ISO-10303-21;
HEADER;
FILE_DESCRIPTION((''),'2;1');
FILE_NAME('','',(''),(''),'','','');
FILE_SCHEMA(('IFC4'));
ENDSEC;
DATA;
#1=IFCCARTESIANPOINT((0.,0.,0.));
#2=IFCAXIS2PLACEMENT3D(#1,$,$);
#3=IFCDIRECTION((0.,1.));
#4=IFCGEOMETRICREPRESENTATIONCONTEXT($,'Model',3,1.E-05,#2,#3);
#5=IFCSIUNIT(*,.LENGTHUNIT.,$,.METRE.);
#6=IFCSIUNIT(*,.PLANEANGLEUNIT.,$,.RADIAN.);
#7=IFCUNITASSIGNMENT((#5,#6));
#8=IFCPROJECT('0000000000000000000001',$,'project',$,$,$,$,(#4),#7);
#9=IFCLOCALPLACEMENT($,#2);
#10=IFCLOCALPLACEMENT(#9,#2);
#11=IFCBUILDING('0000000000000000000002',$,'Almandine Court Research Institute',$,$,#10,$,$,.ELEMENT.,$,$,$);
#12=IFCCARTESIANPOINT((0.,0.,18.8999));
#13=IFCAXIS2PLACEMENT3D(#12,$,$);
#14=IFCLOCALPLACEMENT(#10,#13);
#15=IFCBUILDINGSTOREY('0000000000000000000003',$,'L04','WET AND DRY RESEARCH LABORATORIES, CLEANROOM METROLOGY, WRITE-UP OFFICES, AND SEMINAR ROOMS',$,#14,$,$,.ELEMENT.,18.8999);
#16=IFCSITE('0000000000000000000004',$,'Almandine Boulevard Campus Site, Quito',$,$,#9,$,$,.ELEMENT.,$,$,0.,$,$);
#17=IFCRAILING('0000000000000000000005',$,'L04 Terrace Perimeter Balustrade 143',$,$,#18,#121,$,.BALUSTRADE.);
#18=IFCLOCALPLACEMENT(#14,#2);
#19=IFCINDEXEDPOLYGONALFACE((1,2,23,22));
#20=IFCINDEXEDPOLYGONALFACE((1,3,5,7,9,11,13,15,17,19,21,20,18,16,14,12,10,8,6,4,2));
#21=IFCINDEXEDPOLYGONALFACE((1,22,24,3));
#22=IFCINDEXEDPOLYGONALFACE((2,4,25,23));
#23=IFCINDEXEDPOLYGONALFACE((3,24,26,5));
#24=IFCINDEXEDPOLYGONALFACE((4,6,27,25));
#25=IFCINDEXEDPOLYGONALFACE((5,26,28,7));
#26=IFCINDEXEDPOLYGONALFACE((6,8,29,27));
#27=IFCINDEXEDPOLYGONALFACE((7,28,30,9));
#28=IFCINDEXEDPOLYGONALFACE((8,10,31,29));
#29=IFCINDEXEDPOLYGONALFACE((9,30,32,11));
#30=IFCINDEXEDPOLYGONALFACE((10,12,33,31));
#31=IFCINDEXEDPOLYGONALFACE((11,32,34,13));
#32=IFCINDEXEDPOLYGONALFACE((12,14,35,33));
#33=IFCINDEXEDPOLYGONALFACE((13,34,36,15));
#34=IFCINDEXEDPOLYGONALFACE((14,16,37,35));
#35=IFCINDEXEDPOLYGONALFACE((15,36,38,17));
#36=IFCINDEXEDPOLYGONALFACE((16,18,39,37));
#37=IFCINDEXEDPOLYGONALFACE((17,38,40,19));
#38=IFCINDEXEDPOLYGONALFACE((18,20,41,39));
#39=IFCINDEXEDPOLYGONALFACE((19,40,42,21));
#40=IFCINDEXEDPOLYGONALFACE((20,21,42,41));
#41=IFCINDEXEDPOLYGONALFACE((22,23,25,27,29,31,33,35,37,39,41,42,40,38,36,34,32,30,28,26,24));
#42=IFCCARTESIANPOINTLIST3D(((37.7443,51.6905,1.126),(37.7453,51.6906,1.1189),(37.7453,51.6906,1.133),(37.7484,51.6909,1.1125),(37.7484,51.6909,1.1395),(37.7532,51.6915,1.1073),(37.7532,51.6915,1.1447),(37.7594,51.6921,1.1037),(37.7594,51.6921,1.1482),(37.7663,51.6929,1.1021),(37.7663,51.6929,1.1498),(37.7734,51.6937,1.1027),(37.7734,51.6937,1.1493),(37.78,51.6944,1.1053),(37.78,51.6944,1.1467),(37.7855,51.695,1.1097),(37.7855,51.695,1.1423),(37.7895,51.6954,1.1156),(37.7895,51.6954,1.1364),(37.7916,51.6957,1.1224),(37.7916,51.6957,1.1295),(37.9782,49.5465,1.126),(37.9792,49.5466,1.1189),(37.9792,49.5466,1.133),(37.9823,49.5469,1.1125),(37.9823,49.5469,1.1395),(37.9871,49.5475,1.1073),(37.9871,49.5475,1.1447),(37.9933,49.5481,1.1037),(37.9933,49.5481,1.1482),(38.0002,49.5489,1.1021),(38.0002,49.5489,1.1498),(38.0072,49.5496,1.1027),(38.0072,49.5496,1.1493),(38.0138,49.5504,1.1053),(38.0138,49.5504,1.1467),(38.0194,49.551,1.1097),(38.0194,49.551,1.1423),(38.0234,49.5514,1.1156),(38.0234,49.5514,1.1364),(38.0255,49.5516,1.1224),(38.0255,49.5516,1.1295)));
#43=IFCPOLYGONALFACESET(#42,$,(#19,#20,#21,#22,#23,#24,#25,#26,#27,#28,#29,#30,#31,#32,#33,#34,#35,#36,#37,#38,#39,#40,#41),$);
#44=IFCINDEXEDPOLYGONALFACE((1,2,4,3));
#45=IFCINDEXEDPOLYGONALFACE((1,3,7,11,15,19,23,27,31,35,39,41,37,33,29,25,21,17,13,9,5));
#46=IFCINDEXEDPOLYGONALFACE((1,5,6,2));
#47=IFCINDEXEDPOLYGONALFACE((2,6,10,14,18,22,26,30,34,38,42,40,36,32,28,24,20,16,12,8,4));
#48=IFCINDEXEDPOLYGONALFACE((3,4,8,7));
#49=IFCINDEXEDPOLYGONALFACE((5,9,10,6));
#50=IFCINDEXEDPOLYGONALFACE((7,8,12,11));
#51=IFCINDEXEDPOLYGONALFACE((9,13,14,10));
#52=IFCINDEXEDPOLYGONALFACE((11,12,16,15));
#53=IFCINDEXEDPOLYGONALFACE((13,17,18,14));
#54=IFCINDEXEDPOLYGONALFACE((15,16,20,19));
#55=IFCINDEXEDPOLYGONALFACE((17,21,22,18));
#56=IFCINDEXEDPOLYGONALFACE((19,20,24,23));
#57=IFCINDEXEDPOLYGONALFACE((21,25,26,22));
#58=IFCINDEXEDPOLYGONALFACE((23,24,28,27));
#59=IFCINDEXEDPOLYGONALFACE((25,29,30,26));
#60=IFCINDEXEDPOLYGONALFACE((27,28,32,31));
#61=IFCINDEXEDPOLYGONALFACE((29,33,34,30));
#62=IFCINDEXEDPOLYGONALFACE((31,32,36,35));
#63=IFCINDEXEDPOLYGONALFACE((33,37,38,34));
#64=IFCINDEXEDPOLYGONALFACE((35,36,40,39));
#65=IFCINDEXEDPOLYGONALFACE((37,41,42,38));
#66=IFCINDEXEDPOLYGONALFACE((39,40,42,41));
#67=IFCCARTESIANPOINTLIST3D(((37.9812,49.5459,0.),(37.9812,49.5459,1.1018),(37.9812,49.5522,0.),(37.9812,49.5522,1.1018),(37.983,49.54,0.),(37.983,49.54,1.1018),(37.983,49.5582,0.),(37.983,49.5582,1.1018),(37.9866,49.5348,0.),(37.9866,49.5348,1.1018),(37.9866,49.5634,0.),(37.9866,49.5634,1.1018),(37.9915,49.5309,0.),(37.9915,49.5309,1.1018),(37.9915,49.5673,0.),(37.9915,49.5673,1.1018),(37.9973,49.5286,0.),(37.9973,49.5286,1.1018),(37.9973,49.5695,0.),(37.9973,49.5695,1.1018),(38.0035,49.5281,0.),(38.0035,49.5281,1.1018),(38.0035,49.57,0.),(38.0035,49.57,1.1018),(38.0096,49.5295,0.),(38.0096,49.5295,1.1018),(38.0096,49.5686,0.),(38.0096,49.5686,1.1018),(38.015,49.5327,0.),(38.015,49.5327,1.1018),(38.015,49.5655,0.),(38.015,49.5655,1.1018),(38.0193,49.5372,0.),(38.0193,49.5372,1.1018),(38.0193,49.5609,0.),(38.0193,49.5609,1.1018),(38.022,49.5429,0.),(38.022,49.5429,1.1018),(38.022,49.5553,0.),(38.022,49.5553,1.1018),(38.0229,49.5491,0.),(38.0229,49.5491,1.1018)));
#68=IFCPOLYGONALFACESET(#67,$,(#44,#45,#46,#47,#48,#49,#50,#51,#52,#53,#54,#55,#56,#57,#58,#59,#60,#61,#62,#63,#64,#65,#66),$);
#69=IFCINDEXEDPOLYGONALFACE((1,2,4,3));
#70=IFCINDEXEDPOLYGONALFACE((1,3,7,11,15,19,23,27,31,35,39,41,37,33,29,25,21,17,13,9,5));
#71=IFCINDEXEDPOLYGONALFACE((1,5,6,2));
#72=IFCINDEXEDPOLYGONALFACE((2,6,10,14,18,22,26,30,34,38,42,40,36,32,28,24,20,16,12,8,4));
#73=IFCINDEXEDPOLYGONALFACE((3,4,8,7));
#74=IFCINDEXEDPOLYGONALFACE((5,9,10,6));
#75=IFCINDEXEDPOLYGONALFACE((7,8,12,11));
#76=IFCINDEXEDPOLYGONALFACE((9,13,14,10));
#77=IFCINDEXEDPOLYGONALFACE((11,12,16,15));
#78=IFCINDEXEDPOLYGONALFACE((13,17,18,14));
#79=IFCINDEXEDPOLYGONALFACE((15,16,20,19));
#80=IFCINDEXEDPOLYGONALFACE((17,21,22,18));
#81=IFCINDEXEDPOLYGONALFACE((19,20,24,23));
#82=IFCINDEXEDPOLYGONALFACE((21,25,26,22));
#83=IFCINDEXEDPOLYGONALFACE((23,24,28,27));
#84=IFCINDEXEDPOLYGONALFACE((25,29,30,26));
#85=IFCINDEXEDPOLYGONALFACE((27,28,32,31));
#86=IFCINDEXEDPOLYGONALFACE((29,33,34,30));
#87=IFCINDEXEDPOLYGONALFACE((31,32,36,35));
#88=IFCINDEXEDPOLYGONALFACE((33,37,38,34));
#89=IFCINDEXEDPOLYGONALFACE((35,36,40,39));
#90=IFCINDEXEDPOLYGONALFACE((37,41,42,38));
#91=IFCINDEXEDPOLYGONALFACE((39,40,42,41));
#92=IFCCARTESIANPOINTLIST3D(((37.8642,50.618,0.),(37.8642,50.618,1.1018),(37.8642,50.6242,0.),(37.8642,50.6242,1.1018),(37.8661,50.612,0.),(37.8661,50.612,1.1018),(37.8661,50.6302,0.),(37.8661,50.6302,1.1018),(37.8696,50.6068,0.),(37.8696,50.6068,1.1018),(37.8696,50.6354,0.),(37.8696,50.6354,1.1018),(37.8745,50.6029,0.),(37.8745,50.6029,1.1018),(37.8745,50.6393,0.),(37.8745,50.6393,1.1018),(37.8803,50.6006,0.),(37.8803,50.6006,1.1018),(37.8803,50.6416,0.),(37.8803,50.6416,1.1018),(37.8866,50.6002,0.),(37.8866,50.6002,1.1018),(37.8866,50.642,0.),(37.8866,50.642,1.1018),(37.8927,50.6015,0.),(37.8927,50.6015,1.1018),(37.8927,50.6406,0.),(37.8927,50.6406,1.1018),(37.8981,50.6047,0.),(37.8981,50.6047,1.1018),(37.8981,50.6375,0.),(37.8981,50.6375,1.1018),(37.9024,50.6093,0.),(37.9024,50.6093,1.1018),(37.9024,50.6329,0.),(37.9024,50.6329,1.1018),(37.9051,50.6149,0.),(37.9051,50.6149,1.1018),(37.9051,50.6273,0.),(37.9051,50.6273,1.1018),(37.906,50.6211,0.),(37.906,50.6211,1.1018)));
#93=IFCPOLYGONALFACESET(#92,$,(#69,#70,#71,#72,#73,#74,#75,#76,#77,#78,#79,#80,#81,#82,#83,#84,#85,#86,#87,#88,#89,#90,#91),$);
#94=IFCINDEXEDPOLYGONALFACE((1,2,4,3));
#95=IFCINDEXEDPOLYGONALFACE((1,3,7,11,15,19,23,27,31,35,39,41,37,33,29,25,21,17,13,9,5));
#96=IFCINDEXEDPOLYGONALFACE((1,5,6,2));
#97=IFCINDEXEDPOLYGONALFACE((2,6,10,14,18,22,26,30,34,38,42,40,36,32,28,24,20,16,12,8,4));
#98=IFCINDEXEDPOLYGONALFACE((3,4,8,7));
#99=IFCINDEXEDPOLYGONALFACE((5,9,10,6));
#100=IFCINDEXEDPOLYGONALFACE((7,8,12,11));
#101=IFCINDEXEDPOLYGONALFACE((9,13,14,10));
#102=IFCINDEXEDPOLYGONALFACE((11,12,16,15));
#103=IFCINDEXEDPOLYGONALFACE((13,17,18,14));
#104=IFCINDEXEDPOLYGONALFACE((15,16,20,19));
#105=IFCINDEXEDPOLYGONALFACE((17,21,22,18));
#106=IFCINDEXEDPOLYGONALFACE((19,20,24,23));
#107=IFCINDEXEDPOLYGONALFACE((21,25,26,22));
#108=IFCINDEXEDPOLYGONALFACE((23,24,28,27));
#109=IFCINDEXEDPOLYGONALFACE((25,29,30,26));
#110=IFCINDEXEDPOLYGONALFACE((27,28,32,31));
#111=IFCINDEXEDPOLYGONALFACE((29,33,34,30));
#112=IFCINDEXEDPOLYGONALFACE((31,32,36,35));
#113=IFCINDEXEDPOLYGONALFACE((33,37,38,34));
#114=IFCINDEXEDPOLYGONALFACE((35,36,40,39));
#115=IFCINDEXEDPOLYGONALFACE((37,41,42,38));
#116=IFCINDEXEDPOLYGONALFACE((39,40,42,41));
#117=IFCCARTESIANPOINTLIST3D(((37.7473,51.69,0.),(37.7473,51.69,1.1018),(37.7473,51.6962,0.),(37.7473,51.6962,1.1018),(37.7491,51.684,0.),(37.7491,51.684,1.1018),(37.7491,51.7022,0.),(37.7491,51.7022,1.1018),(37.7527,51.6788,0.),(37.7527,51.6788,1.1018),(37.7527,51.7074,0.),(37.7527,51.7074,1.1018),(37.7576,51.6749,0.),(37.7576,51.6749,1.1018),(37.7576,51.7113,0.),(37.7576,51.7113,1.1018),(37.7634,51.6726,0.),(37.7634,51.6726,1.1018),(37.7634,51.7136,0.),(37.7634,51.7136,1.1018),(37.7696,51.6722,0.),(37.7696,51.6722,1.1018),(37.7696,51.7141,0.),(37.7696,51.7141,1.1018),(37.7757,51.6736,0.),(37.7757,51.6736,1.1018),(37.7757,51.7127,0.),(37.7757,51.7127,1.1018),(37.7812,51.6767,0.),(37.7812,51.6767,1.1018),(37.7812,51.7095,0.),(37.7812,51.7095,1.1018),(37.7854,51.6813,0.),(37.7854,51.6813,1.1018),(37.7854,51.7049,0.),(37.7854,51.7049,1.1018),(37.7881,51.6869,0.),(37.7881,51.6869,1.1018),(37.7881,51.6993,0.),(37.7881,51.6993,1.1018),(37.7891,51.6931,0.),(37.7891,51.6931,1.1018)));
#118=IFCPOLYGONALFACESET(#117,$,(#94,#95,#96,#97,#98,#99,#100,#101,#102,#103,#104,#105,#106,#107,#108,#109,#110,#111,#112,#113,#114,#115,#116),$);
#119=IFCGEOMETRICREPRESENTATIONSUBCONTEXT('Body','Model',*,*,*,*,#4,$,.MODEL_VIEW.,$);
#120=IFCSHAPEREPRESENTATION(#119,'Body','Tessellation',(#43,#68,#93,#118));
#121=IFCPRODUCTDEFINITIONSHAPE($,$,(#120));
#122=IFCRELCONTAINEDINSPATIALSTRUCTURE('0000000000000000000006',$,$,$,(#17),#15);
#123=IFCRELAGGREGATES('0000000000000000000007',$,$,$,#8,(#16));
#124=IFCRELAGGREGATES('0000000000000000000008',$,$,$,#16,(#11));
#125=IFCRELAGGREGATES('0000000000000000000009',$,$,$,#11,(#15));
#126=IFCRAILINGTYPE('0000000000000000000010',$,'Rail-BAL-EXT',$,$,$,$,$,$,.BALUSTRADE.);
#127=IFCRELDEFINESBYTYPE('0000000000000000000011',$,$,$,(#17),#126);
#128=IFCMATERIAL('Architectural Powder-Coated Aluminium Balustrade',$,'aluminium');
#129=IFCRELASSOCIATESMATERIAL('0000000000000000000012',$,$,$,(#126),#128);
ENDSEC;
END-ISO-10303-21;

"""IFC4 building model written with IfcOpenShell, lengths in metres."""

from ifc_helpers import new_model, si_unit, direction, frame, origin, origin_2d, place, context, subcontext, project, spatial, circle, extrude, material, type_object, element, save


model = new_model("IFC4")

# Units and contexts
model_context = context("Model", 3, precision=1e-05, world=origin(), true_north=direction((0.0, 1.0)))
body_context = subcontext(model_context, "Body", "Model", "MODEL_VIEW")
ifc_project = project(units=[si_unit("LENGTHUNIT", "METRE"), si_unit("PLANEANGLEUNIT", "RADIAN")], contexts=[model_context])

# Site, building, storey
site_placement = place(None, origin())
site = spatial("IfcSite", under=ifc_project, at=site_placement, Name="Almandine Boulevard Campus Site, Quito", CompositionType="ELEMENT", RefElevation=0.0)
building_placement = place(site_placement, origin())
building = spatial("IfcBuilding", under=site, at=building_placement, Name="Almandine Court Research Institute", CompositionType="ELEMENT")
storey_placement = place(building_placement, frame((0.0, 0.0, 18.8999)))
storey = spatial("IfcBuildingStorey", under=building, at=storey_placement, Name="L04", Description="WET AND DRY RESEARCH LABORATORIES, CLEANROOM METROLOGY, WRITE-UP OFFICES, AND SEMINAR ROOMS", CompositionType="ELEMENT", Elevation=18.8999)

# Railing
ifc_material_1 = material(Name="Architectural Powder-Coated Aluminium Balustrade", Category="aluminium")
railing_type = type_object("IfcRailingType", Name="Rail-BAL-EXT", PredefinedType="BALUSTRADE", material=ifc_material_1)
railing_1_placement = place(storey_placement, frame((38.002, 49.5491, 0.0)))
element("IfcRailing", 1, at=railing_1_placement, inside=storey, type_object=railing_type, Name="L04 Terrace Perimeter Balustrade 143", PredefinedType="BALUSTRADE", context=body_context, shape_type="SweptSolid", body=[
    extrude(circle(Radius=0.0239, at=origin_2d()), frame((0.0, 0.0, 1.126), z_axis=(-0.108443, 0.994103, 0.0), x_axis=(-0.994103, -0.108443, 0.0)), (0.0, 0.0, 1.0), 2.1567),
    extrude(circle(Radius=0.021, at=origin_2d()), origin(), (0.0, 0.0, 1.0), 1.1018),
    extrude(circle(Radius=0.021, at=origin_2d()), frame((-0.1169, 1.072, 0.0)), (0.0, 0.0, 1.0), 1.1018),
    extrude(circle(Radius=0.021, at=origin_2d()), frame((-0.2339, 2.144, 0.0)), (0.0, 0.0, 1.0), 1.1018),
])

save(model, "model.ifc")
